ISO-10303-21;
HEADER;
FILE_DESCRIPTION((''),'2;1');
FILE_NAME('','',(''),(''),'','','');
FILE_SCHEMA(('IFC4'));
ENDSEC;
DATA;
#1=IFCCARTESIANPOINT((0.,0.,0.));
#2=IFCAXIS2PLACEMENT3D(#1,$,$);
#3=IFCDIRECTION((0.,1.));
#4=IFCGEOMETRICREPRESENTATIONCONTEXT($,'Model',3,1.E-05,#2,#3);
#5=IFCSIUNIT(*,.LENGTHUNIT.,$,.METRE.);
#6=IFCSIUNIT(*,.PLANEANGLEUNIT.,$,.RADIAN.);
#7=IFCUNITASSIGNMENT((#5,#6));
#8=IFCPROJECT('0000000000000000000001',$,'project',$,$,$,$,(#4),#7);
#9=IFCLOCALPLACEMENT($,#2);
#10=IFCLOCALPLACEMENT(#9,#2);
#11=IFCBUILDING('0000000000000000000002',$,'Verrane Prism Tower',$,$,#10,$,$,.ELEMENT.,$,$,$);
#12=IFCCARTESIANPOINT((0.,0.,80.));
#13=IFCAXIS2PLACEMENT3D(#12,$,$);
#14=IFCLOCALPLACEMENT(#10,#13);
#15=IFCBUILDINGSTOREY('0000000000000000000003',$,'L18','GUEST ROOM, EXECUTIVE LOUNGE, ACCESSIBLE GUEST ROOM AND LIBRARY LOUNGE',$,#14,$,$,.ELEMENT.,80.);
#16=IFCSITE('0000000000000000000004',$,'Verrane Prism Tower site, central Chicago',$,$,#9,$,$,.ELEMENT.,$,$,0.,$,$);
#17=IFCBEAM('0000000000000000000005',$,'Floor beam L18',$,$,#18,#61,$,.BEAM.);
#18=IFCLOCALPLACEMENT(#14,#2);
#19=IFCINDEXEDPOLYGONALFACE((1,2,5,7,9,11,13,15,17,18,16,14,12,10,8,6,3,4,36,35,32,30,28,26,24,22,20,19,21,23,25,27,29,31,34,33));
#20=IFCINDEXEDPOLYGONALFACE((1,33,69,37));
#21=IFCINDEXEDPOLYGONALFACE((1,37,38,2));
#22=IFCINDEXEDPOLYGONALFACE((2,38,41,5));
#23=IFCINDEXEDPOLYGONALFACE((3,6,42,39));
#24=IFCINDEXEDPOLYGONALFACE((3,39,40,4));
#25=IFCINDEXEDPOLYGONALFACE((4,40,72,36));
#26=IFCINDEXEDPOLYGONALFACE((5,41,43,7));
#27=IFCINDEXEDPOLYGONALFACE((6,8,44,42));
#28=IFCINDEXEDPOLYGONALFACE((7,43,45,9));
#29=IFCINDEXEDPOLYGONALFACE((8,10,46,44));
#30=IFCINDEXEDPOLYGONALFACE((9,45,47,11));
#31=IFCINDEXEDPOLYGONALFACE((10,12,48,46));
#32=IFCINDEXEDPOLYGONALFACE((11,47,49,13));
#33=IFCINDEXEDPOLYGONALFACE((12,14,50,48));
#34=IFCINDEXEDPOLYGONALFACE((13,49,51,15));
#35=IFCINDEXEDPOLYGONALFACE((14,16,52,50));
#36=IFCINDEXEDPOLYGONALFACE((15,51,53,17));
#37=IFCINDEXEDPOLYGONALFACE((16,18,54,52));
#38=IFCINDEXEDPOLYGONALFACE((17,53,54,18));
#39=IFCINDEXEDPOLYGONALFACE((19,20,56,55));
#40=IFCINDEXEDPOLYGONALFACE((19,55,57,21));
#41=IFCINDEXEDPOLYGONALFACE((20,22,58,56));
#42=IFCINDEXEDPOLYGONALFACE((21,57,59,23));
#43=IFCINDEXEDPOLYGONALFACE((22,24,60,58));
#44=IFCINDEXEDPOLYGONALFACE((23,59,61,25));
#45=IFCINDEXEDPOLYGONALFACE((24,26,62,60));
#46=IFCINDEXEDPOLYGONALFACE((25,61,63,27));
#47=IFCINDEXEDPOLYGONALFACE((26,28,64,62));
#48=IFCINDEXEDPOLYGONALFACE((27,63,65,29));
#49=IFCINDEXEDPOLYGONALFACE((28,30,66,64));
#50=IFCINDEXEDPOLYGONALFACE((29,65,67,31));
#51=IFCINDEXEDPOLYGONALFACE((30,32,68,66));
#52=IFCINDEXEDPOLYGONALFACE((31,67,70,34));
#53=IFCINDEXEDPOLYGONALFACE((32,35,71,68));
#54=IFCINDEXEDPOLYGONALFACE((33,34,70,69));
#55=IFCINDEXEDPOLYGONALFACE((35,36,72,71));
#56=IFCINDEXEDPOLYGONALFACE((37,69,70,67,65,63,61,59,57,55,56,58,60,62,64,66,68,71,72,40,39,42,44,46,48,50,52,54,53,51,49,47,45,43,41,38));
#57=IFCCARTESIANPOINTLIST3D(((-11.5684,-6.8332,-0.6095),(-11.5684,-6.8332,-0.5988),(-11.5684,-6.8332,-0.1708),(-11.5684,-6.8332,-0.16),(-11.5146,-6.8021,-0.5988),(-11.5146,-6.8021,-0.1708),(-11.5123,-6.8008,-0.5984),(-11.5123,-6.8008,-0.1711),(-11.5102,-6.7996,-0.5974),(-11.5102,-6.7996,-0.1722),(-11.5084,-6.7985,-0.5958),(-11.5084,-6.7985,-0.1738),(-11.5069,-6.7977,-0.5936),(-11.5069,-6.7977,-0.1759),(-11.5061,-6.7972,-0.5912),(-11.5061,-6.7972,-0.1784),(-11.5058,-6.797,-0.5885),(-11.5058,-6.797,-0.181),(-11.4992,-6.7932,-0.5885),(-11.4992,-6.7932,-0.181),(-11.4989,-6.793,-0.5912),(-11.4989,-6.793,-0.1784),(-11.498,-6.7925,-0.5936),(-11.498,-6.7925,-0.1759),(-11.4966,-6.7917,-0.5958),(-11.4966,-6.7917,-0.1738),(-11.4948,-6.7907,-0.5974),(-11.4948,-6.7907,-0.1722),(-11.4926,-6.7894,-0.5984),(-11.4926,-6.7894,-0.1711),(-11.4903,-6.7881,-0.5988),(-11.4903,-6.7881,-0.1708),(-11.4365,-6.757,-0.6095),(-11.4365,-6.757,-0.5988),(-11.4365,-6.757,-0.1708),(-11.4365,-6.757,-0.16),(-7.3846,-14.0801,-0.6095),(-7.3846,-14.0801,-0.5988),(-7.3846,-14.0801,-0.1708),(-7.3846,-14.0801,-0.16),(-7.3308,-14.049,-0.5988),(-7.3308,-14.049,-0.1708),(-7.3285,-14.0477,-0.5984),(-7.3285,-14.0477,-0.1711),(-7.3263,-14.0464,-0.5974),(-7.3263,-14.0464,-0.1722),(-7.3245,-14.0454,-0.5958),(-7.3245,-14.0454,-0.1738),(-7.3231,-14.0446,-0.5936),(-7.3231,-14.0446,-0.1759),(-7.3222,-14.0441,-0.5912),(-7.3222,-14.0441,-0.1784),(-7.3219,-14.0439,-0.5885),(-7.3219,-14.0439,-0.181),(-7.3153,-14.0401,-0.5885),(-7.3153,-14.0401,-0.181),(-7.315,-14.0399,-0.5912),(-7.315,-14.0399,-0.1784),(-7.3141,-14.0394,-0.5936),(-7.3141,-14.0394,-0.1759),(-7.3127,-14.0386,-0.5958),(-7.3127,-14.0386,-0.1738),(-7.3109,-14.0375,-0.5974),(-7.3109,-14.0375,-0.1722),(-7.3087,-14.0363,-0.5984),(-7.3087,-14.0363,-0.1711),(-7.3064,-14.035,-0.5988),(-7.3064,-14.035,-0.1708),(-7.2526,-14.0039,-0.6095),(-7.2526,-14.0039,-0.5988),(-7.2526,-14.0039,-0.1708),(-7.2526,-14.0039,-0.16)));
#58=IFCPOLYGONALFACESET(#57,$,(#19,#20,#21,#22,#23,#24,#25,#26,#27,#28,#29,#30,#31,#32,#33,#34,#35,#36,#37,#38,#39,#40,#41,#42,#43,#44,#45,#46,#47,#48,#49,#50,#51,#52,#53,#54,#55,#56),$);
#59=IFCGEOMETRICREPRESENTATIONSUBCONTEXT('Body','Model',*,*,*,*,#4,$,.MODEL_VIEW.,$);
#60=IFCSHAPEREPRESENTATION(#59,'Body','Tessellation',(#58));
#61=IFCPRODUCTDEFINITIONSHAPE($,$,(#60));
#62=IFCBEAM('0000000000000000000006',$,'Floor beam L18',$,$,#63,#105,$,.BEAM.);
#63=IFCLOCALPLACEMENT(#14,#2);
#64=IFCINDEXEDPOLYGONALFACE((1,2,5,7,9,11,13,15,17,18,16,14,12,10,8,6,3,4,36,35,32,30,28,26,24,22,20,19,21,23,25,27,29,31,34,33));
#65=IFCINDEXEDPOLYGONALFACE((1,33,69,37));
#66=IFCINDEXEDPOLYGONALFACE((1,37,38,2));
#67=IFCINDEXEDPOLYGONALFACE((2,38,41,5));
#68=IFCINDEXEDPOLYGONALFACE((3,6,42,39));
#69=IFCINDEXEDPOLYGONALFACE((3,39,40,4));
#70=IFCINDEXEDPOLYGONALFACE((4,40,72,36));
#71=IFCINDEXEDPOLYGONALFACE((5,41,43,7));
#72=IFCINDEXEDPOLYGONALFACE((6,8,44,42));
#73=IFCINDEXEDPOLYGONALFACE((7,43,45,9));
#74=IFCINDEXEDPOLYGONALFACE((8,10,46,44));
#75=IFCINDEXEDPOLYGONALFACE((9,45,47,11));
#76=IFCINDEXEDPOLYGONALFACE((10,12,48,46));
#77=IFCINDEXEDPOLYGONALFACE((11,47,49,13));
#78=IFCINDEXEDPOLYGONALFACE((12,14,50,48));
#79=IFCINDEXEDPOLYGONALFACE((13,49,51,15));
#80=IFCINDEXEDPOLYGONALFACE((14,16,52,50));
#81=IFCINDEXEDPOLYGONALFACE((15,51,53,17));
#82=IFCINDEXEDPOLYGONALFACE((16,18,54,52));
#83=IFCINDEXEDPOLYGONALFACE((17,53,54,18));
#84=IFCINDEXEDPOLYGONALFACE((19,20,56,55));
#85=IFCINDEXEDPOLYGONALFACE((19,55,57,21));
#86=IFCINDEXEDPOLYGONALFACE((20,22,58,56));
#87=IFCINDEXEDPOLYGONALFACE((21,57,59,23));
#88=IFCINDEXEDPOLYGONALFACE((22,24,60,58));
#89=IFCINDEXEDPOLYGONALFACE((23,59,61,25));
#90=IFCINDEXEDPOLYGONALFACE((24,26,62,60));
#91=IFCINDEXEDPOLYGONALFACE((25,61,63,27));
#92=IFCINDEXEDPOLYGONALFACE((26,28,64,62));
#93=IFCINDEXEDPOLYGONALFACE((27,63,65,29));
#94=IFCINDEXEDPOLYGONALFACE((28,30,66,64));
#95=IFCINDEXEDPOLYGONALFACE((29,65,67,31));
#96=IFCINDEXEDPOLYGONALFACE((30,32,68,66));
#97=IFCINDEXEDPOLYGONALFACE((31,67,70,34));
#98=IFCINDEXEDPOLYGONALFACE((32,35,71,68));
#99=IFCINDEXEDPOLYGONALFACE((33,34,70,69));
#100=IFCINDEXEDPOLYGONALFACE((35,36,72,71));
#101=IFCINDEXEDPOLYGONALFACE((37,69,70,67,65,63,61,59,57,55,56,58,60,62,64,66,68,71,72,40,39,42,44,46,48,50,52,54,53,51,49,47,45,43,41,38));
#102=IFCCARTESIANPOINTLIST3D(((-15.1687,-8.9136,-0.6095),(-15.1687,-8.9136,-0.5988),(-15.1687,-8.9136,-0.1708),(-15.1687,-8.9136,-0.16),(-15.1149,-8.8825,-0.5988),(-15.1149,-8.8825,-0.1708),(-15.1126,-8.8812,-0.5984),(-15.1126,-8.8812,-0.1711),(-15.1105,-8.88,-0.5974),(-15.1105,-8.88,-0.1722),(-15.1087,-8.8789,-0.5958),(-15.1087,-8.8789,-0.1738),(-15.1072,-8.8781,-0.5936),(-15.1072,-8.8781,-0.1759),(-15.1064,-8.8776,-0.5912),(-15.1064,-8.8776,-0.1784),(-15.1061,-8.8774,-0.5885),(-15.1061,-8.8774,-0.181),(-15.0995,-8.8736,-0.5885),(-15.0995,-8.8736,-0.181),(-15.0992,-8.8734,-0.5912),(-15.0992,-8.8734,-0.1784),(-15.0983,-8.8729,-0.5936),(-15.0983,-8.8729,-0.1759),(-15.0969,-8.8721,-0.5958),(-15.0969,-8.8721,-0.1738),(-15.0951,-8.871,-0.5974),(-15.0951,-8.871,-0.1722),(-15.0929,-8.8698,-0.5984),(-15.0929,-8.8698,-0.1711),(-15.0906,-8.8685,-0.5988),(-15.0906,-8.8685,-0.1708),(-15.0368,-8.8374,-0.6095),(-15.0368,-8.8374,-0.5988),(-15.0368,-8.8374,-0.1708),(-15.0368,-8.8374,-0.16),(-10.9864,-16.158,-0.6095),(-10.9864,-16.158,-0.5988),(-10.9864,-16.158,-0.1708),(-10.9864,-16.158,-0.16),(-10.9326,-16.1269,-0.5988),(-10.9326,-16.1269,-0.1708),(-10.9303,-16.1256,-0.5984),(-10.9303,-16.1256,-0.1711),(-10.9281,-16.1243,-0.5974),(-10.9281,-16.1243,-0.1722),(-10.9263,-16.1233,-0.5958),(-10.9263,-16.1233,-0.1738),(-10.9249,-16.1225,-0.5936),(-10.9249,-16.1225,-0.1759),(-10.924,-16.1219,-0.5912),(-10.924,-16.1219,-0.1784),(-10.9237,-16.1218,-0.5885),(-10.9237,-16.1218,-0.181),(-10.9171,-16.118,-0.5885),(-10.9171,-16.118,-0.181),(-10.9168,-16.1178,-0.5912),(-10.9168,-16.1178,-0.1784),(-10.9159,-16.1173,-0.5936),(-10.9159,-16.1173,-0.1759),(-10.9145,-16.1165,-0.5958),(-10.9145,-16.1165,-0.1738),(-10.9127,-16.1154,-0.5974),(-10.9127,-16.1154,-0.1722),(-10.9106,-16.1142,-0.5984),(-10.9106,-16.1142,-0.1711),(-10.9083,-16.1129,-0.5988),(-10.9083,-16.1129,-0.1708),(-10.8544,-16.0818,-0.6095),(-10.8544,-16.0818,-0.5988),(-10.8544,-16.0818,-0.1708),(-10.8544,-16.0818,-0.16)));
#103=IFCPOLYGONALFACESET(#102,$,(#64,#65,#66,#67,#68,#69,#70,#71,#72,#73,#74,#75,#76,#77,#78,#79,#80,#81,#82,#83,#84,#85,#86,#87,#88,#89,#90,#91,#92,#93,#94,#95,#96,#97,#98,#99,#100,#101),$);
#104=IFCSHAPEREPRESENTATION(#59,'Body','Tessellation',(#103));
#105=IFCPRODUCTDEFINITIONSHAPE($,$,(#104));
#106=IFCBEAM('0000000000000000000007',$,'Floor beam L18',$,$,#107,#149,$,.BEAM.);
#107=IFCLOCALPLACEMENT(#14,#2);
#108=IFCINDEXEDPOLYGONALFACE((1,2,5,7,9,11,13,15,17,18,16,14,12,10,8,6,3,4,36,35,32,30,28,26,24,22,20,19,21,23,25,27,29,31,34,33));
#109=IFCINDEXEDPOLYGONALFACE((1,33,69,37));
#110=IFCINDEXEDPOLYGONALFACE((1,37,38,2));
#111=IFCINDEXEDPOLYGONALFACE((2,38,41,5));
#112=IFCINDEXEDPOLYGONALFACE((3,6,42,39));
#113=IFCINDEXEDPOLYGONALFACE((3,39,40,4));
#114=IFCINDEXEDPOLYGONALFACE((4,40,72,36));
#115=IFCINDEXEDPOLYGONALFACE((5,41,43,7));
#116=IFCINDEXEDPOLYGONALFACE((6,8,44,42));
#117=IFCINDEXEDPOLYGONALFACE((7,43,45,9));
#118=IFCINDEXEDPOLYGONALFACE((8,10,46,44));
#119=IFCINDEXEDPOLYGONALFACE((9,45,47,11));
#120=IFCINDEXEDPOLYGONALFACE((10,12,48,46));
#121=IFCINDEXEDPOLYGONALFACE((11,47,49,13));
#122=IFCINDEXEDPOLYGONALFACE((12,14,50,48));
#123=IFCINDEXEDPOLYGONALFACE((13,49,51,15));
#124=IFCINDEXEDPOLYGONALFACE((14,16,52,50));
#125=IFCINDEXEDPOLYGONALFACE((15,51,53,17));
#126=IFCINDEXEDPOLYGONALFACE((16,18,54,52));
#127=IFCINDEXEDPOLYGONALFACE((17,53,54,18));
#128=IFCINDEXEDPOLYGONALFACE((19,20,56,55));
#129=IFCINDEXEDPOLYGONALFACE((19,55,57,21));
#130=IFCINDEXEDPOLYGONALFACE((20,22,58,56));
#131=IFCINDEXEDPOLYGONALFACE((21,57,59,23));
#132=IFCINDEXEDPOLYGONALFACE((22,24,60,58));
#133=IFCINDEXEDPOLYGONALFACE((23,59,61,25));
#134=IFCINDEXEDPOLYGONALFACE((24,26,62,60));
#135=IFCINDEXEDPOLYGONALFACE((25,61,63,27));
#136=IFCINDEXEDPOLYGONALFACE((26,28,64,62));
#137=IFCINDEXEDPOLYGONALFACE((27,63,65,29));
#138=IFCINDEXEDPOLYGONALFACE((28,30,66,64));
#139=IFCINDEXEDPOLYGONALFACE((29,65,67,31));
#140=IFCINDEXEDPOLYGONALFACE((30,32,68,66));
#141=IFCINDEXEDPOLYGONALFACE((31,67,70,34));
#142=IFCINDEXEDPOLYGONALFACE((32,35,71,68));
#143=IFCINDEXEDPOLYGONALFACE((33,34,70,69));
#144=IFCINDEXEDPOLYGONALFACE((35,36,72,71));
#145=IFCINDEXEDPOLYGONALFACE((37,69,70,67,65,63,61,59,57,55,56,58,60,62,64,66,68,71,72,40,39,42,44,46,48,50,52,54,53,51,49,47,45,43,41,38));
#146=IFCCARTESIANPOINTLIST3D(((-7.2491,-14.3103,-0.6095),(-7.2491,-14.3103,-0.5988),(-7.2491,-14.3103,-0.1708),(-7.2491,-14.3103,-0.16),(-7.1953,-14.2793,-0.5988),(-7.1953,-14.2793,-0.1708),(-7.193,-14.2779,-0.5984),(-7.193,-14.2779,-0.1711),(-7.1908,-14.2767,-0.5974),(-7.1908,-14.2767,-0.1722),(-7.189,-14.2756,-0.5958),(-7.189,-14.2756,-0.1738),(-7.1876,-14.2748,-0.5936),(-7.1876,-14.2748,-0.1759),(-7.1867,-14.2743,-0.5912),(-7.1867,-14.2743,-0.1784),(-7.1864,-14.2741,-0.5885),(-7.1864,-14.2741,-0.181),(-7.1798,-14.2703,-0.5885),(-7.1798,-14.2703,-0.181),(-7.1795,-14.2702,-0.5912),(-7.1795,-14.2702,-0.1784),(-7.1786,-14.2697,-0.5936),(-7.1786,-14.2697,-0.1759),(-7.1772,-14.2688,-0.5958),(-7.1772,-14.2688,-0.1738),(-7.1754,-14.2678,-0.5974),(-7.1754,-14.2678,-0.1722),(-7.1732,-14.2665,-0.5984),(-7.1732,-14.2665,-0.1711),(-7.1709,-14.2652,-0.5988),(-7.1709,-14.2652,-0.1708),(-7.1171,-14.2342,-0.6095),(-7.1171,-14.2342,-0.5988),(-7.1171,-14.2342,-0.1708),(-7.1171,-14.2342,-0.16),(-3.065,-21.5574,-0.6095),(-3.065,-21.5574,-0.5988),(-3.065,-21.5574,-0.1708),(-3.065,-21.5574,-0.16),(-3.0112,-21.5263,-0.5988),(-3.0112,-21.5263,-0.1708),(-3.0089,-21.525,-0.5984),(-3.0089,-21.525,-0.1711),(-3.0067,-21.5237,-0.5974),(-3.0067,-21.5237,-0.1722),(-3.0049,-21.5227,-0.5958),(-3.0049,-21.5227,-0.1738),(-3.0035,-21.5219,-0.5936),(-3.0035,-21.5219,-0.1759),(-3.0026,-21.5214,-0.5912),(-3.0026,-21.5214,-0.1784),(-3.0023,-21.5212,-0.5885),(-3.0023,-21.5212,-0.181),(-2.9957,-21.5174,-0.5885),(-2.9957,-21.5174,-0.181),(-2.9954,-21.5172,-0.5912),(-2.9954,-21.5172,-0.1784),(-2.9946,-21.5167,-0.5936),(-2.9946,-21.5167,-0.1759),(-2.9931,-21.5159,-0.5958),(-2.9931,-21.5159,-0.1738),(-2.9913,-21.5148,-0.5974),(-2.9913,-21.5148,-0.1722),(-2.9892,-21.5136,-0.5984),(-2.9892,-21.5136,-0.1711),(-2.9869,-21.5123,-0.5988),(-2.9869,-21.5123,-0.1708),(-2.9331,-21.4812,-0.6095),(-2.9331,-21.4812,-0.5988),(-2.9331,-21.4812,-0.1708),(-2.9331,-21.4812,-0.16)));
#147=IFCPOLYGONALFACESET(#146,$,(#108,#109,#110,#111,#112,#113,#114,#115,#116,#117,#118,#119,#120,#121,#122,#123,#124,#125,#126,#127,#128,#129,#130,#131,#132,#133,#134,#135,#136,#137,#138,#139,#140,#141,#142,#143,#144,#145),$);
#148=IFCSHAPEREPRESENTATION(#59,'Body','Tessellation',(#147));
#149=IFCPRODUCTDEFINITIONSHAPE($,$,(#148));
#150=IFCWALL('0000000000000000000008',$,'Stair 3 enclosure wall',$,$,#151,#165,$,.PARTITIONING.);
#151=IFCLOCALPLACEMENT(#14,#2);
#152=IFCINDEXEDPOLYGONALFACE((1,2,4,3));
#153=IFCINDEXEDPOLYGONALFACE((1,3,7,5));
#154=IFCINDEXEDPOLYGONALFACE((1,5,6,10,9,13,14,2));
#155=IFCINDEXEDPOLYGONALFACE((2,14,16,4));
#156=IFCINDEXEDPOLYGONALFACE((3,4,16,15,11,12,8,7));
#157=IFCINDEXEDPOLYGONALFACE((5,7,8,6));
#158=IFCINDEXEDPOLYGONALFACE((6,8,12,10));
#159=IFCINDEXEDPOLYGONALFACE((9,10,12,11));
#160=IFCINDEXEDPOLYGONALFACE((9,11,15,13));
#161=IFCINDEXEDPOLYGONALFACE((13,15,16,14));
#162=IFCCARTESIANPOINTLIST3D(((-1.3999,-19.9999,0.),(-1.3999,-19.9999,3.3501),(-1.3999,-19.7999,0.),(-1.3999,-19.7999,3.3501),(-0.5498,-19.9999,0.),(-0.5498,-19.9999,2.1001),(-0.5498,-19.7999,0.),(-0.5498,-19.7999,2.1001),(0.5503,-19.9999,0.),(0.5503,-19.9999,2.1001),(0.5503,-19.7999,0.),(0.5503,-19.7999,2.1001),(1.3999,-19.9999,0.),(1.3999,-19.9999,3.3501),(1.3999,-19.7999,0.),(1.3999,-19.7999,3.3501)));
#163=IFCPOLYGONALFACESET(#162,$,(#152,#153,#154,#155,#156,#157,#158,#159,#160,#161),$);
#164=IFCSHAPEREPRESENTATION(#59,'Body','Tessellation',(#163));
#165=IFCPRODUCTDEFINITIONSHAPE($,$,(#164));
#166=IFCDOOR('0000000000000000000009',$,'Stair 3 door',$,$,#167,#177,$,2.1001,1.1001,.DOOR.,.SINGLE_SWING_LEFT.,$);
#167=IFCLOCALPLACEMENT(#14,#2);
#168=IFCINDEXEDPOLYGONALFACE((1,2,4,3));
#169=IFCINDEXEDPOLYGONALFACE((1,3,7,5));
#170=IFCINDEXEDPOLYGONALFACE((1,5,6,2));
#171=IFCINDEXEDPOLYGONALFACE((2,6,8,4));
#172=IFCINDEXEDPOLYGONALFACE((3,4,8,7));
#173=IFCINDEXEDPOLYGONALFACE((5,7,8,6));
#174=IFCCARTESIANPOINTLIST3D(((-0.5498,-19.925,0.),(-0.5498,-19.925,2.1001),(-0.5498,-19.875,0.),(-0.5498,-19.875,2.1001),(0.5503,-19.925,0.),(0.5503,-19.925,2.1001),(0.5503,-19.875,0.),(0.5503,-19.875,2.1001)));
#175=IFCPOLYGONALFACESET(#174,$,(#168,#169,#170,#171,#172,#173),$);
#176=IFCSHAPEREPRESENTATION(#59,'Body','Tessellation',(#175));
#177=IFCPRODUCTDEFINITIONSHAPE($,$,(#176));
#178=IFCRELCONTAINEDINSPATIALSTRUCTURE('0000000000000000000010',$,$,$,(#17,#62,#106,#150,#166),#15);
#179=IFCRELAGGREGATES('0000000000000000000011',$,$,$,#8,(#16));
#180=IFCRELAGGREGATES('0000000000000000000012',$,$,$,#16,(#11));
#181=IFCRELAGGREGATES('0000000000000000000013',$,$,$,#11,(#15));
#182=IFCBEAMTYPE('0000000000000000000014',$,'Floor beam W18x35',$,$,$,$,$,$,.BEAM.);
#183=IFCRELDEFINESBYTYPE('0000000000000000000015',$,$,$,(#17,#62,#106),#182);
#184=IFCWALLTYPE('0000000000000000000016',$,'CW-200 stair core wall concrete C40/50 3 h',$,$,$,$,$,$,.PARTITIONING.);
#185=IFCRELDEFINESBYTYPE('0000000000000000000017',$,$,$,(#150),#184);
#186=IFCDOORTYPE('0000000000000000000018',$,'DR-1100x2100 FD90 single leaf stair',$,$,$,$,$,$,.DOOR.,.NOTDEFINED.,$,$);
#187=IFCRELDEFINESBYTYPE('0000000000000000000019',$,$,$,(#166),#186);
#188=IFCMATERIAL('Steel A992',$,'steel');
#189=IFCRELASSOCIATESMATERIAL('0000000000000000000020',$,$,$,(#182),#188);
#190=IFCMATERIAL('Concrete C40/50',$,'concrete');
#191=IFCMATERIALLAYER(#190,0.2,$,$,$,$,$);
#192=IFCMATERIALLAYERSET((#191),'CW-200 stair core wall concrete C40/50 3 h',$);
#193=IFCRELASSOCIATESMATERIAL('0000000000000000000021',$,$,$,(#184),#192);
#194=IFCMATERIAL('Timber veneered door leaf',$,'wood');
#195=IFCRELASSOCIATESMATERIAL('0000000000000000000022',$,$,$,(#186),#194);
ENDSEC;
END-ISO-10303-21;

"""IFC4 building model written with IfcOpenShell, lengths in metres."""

from ifc_helpers import new_model, si_unit, direction, frame, frame_2d, origin, origin_2d, place, context, subcontext, project, spatial, rectangle, i_section, extrude, material, layer, layer_set, material_profile, profile_set, type_object, element, fill, save


model = new_model("IFC4")

# Units and contexts
model_context = context("Model", 3, precision=1e-05, world=origin(), true_north=direction((0.0, 1.0)))
body_context = subcontext(model_context, "Body", "Model", "MODEL_VIEW")
ifc_project = project(units=[si_unit("LENGTHUNIT", "METRE"), si_unit("PLANEANGLEUNIT", "RADIAN")], contexts=[model_context])

# Site, building, storey
site_placement = place(None, origin())
site = spatial("IfcSite", under=ifc_project, at=site_placement, Name="Verrane Prism Tower site, central Chicago", CompositionType="ELEMENT", RefElevation=0.0)
building_placement = place(site_placement, origin())
building = spatial("IfcBuilding", under=site, at=building_placement, Name="Verrane Prism Tower", CompositionType="ELEMENT")
storey_placement = place(building_placement, frame((0.0, 0.0, 80.0)))
storey = spatial("IfcBuildingStorey", under=building, at=storey_placement, Name="L18", Description="GUEST ROOM, EXECUTIVE LOUNGE, ACCESSIBLE GUEST ROOM AND LIBRARY LOUNGE", CompositionType="ELEMENT", Elevation=80.0)

# Beams
ifc_material_1 = material(Name="Steel A992", Category="steel")
ifc_material_profile_1 = material_profile(ifc_material_1, i_section(OverallWidth=0.1523, OverallDepth=0.4495, WebThickness=0.0076, FlangeThickness=0.0107, FilletRadius=0.0103, at=origin_2d()), Name="W18x35")
ifc_profile_set_1 = profile_set([ifc_material_profile_1], Name="Steel A992")
beam_type_1 = type_object("IfcBeamType", Name="Floor beam W18x35", PredefinedType="BEAM", material=ifc_profile_set_1)
beam_1_placement = place(storey_placement, frame((-7.3186, -14.042, -0.3848), z_axis=(-0.499989, 0.866032, 0.0), x_axis=(-0.866032, -0.499989, 0.0)))
element("IfcBeam", 1, at=beam_1_placement, inside=storey, type_object=beam_type_1, Name="Floor beam L18", PredefinedType="BEAM", context=body_context, shape_type="SweptSolid", body=[
    extrude(i_section(OverallWidth=0.1523, OverallDepth=0.4495, WebThickness=0.0076, FlangeThickness=0.0107, FilletRadius=0.0103, at=origin_2d()), origin(), (0.0, 0.0, 1.0), 8.3679),
])
beam_2_placement = place(storey_placement, frame((-10.9204, -16.1199, -0.3848), z_axis=(-0.499984, 0.866034, 0.0), x_axis=(-0.866034, -0.499984, 0.0)))
element("IfcBeam", 2, at=beam_2_placement, inside=storey, type_object=beam_type_1, Name="Floor beam L18", PredefinedType="BEAM", context=body_context, shape_type="SweptSolid", body=[
    extrude(i_section(OverallWidth=0.1523, OverallDepth=0.4495, WebThickness=0.0076, FlangeThickness=0.0107, FilletRadius=0.0103, at=origin_2d()), origin(), (0.0, 0.0, 1.0), 8.365),
])
beam_3_placement = place(storey_placement, frame((-2.999, -21.5193, -0.3848), z_axis=(-0.499999, 0.866026, 0.0), x_axis=(-0.866026, -0.499999, 0.0)))
element("IfcBeam", 3, at=beam_3_placement, inside=storey, type_object=beam_type_1, Name="Floor beam L18", PredefinedType="BEAM", context=body_context, shape_type="SweptSolid", body=[
    extrude(i_section(OverallWidth=0.1523, OverallDepth=0.4495, WebThickness=0.0076, FlangeThickness=0.0107, FilletRadius=0.0103, at=origin_2d()), origin(), (0.0, 0.0, 1.0), 8.3682),
])

# Wall, opening, door
ifc_material_2 = material(Name="Concrete C40/50", Category="concrete")
ifc_layer_1 = layer(ifc_material_2, 0.2)
ifc_layer_set_1 = layer_set([ifc_layer_1], Name="CW-200 stair core wall concrete C40/50 3 h")
wall_type_1 = type_object("IfcWallType", Name="CW-200 stair core wall concrete C40/50 3 h", PredefinedType="PARTITIONING", material=ifc_layer_set_1)
wall_1_placement = place(storey_placement, frame((-1.3999, -19.8999, 0.0), z_axis=(0.0, 0.0, 1.0), x_axis=(1.0, 0.0, 0.0)))
wall_1 = element("IfcWall", 4, at=wall_1_placement, inside=storey, type_object=wall_type_1, Name="Stair 3 enclosure wall", PredefinedType="PARTITIONING", context=body_context, shape_type="SweptSolid", body=[
    extrude(rectangle(XDim=2.7998, YDim=0.2, at=frame_2d((1.3999, 0.0))), origin(), (0.0, 0.0, 1.0), 3.3501),
])
opening_1_placement = place(wall_1_placement, frame((0.8501, 0.0, 0.0)))
opening_1 = element("IfcOpeningElement", 5, at=opening_1_placement, cuts=wall_1, PredefinedType="OPENING", context=body_context, shape_type="SweptSolid", body=[
    extrude(rectangle(XDim=1.1001, YDim=2.1001, at=frame_2d((0.55, 1.05))), frame((0.0, 0.1099, 0.0), z_axis=(0.0, -1.0, 0.0), x_axis=(1.0, 0.0, 0.0)), (0.0, 0.0, 1.0), 0.22),
])
ifc_material_3 = material(Name="Timber veneered door leaf", Category="wood")
door_type_1 = type_object("IfcDoorType", Name="DR-1100x2100 FD90 single leaf stair", OperationType="NOTDEFINED", PredefinedType="DOOR", material=ifc_material_3)
door_1_placement = place(opening_1_placement, origin())
door_1 = element("IfcDoor", 6, at=door_1_placement, inside=storey, type_object=door_type_1, Name="Stair 3 door", OperationType="SINGLE_SWING_LEFT", OverallHeight=2.1001, OverallWidth=1.1001, PredefinedType="DOOR", context=body_context, shape_type="SweptSolid", body=[
    extrude(rectangle(XDim=1.1001, YDim=2.1001, at=frame_2d((0.55, 1.05))), frame((0.0, 0.0249, 0.0), z_axis=(0.0, -1.0, 0.0), x_axis=(1.0, 0.0, 0.0)), (0.0, 0.0, 1.0), 0.05),
])
fill(opening_1, door_1)

save(model, "model.ifc")
